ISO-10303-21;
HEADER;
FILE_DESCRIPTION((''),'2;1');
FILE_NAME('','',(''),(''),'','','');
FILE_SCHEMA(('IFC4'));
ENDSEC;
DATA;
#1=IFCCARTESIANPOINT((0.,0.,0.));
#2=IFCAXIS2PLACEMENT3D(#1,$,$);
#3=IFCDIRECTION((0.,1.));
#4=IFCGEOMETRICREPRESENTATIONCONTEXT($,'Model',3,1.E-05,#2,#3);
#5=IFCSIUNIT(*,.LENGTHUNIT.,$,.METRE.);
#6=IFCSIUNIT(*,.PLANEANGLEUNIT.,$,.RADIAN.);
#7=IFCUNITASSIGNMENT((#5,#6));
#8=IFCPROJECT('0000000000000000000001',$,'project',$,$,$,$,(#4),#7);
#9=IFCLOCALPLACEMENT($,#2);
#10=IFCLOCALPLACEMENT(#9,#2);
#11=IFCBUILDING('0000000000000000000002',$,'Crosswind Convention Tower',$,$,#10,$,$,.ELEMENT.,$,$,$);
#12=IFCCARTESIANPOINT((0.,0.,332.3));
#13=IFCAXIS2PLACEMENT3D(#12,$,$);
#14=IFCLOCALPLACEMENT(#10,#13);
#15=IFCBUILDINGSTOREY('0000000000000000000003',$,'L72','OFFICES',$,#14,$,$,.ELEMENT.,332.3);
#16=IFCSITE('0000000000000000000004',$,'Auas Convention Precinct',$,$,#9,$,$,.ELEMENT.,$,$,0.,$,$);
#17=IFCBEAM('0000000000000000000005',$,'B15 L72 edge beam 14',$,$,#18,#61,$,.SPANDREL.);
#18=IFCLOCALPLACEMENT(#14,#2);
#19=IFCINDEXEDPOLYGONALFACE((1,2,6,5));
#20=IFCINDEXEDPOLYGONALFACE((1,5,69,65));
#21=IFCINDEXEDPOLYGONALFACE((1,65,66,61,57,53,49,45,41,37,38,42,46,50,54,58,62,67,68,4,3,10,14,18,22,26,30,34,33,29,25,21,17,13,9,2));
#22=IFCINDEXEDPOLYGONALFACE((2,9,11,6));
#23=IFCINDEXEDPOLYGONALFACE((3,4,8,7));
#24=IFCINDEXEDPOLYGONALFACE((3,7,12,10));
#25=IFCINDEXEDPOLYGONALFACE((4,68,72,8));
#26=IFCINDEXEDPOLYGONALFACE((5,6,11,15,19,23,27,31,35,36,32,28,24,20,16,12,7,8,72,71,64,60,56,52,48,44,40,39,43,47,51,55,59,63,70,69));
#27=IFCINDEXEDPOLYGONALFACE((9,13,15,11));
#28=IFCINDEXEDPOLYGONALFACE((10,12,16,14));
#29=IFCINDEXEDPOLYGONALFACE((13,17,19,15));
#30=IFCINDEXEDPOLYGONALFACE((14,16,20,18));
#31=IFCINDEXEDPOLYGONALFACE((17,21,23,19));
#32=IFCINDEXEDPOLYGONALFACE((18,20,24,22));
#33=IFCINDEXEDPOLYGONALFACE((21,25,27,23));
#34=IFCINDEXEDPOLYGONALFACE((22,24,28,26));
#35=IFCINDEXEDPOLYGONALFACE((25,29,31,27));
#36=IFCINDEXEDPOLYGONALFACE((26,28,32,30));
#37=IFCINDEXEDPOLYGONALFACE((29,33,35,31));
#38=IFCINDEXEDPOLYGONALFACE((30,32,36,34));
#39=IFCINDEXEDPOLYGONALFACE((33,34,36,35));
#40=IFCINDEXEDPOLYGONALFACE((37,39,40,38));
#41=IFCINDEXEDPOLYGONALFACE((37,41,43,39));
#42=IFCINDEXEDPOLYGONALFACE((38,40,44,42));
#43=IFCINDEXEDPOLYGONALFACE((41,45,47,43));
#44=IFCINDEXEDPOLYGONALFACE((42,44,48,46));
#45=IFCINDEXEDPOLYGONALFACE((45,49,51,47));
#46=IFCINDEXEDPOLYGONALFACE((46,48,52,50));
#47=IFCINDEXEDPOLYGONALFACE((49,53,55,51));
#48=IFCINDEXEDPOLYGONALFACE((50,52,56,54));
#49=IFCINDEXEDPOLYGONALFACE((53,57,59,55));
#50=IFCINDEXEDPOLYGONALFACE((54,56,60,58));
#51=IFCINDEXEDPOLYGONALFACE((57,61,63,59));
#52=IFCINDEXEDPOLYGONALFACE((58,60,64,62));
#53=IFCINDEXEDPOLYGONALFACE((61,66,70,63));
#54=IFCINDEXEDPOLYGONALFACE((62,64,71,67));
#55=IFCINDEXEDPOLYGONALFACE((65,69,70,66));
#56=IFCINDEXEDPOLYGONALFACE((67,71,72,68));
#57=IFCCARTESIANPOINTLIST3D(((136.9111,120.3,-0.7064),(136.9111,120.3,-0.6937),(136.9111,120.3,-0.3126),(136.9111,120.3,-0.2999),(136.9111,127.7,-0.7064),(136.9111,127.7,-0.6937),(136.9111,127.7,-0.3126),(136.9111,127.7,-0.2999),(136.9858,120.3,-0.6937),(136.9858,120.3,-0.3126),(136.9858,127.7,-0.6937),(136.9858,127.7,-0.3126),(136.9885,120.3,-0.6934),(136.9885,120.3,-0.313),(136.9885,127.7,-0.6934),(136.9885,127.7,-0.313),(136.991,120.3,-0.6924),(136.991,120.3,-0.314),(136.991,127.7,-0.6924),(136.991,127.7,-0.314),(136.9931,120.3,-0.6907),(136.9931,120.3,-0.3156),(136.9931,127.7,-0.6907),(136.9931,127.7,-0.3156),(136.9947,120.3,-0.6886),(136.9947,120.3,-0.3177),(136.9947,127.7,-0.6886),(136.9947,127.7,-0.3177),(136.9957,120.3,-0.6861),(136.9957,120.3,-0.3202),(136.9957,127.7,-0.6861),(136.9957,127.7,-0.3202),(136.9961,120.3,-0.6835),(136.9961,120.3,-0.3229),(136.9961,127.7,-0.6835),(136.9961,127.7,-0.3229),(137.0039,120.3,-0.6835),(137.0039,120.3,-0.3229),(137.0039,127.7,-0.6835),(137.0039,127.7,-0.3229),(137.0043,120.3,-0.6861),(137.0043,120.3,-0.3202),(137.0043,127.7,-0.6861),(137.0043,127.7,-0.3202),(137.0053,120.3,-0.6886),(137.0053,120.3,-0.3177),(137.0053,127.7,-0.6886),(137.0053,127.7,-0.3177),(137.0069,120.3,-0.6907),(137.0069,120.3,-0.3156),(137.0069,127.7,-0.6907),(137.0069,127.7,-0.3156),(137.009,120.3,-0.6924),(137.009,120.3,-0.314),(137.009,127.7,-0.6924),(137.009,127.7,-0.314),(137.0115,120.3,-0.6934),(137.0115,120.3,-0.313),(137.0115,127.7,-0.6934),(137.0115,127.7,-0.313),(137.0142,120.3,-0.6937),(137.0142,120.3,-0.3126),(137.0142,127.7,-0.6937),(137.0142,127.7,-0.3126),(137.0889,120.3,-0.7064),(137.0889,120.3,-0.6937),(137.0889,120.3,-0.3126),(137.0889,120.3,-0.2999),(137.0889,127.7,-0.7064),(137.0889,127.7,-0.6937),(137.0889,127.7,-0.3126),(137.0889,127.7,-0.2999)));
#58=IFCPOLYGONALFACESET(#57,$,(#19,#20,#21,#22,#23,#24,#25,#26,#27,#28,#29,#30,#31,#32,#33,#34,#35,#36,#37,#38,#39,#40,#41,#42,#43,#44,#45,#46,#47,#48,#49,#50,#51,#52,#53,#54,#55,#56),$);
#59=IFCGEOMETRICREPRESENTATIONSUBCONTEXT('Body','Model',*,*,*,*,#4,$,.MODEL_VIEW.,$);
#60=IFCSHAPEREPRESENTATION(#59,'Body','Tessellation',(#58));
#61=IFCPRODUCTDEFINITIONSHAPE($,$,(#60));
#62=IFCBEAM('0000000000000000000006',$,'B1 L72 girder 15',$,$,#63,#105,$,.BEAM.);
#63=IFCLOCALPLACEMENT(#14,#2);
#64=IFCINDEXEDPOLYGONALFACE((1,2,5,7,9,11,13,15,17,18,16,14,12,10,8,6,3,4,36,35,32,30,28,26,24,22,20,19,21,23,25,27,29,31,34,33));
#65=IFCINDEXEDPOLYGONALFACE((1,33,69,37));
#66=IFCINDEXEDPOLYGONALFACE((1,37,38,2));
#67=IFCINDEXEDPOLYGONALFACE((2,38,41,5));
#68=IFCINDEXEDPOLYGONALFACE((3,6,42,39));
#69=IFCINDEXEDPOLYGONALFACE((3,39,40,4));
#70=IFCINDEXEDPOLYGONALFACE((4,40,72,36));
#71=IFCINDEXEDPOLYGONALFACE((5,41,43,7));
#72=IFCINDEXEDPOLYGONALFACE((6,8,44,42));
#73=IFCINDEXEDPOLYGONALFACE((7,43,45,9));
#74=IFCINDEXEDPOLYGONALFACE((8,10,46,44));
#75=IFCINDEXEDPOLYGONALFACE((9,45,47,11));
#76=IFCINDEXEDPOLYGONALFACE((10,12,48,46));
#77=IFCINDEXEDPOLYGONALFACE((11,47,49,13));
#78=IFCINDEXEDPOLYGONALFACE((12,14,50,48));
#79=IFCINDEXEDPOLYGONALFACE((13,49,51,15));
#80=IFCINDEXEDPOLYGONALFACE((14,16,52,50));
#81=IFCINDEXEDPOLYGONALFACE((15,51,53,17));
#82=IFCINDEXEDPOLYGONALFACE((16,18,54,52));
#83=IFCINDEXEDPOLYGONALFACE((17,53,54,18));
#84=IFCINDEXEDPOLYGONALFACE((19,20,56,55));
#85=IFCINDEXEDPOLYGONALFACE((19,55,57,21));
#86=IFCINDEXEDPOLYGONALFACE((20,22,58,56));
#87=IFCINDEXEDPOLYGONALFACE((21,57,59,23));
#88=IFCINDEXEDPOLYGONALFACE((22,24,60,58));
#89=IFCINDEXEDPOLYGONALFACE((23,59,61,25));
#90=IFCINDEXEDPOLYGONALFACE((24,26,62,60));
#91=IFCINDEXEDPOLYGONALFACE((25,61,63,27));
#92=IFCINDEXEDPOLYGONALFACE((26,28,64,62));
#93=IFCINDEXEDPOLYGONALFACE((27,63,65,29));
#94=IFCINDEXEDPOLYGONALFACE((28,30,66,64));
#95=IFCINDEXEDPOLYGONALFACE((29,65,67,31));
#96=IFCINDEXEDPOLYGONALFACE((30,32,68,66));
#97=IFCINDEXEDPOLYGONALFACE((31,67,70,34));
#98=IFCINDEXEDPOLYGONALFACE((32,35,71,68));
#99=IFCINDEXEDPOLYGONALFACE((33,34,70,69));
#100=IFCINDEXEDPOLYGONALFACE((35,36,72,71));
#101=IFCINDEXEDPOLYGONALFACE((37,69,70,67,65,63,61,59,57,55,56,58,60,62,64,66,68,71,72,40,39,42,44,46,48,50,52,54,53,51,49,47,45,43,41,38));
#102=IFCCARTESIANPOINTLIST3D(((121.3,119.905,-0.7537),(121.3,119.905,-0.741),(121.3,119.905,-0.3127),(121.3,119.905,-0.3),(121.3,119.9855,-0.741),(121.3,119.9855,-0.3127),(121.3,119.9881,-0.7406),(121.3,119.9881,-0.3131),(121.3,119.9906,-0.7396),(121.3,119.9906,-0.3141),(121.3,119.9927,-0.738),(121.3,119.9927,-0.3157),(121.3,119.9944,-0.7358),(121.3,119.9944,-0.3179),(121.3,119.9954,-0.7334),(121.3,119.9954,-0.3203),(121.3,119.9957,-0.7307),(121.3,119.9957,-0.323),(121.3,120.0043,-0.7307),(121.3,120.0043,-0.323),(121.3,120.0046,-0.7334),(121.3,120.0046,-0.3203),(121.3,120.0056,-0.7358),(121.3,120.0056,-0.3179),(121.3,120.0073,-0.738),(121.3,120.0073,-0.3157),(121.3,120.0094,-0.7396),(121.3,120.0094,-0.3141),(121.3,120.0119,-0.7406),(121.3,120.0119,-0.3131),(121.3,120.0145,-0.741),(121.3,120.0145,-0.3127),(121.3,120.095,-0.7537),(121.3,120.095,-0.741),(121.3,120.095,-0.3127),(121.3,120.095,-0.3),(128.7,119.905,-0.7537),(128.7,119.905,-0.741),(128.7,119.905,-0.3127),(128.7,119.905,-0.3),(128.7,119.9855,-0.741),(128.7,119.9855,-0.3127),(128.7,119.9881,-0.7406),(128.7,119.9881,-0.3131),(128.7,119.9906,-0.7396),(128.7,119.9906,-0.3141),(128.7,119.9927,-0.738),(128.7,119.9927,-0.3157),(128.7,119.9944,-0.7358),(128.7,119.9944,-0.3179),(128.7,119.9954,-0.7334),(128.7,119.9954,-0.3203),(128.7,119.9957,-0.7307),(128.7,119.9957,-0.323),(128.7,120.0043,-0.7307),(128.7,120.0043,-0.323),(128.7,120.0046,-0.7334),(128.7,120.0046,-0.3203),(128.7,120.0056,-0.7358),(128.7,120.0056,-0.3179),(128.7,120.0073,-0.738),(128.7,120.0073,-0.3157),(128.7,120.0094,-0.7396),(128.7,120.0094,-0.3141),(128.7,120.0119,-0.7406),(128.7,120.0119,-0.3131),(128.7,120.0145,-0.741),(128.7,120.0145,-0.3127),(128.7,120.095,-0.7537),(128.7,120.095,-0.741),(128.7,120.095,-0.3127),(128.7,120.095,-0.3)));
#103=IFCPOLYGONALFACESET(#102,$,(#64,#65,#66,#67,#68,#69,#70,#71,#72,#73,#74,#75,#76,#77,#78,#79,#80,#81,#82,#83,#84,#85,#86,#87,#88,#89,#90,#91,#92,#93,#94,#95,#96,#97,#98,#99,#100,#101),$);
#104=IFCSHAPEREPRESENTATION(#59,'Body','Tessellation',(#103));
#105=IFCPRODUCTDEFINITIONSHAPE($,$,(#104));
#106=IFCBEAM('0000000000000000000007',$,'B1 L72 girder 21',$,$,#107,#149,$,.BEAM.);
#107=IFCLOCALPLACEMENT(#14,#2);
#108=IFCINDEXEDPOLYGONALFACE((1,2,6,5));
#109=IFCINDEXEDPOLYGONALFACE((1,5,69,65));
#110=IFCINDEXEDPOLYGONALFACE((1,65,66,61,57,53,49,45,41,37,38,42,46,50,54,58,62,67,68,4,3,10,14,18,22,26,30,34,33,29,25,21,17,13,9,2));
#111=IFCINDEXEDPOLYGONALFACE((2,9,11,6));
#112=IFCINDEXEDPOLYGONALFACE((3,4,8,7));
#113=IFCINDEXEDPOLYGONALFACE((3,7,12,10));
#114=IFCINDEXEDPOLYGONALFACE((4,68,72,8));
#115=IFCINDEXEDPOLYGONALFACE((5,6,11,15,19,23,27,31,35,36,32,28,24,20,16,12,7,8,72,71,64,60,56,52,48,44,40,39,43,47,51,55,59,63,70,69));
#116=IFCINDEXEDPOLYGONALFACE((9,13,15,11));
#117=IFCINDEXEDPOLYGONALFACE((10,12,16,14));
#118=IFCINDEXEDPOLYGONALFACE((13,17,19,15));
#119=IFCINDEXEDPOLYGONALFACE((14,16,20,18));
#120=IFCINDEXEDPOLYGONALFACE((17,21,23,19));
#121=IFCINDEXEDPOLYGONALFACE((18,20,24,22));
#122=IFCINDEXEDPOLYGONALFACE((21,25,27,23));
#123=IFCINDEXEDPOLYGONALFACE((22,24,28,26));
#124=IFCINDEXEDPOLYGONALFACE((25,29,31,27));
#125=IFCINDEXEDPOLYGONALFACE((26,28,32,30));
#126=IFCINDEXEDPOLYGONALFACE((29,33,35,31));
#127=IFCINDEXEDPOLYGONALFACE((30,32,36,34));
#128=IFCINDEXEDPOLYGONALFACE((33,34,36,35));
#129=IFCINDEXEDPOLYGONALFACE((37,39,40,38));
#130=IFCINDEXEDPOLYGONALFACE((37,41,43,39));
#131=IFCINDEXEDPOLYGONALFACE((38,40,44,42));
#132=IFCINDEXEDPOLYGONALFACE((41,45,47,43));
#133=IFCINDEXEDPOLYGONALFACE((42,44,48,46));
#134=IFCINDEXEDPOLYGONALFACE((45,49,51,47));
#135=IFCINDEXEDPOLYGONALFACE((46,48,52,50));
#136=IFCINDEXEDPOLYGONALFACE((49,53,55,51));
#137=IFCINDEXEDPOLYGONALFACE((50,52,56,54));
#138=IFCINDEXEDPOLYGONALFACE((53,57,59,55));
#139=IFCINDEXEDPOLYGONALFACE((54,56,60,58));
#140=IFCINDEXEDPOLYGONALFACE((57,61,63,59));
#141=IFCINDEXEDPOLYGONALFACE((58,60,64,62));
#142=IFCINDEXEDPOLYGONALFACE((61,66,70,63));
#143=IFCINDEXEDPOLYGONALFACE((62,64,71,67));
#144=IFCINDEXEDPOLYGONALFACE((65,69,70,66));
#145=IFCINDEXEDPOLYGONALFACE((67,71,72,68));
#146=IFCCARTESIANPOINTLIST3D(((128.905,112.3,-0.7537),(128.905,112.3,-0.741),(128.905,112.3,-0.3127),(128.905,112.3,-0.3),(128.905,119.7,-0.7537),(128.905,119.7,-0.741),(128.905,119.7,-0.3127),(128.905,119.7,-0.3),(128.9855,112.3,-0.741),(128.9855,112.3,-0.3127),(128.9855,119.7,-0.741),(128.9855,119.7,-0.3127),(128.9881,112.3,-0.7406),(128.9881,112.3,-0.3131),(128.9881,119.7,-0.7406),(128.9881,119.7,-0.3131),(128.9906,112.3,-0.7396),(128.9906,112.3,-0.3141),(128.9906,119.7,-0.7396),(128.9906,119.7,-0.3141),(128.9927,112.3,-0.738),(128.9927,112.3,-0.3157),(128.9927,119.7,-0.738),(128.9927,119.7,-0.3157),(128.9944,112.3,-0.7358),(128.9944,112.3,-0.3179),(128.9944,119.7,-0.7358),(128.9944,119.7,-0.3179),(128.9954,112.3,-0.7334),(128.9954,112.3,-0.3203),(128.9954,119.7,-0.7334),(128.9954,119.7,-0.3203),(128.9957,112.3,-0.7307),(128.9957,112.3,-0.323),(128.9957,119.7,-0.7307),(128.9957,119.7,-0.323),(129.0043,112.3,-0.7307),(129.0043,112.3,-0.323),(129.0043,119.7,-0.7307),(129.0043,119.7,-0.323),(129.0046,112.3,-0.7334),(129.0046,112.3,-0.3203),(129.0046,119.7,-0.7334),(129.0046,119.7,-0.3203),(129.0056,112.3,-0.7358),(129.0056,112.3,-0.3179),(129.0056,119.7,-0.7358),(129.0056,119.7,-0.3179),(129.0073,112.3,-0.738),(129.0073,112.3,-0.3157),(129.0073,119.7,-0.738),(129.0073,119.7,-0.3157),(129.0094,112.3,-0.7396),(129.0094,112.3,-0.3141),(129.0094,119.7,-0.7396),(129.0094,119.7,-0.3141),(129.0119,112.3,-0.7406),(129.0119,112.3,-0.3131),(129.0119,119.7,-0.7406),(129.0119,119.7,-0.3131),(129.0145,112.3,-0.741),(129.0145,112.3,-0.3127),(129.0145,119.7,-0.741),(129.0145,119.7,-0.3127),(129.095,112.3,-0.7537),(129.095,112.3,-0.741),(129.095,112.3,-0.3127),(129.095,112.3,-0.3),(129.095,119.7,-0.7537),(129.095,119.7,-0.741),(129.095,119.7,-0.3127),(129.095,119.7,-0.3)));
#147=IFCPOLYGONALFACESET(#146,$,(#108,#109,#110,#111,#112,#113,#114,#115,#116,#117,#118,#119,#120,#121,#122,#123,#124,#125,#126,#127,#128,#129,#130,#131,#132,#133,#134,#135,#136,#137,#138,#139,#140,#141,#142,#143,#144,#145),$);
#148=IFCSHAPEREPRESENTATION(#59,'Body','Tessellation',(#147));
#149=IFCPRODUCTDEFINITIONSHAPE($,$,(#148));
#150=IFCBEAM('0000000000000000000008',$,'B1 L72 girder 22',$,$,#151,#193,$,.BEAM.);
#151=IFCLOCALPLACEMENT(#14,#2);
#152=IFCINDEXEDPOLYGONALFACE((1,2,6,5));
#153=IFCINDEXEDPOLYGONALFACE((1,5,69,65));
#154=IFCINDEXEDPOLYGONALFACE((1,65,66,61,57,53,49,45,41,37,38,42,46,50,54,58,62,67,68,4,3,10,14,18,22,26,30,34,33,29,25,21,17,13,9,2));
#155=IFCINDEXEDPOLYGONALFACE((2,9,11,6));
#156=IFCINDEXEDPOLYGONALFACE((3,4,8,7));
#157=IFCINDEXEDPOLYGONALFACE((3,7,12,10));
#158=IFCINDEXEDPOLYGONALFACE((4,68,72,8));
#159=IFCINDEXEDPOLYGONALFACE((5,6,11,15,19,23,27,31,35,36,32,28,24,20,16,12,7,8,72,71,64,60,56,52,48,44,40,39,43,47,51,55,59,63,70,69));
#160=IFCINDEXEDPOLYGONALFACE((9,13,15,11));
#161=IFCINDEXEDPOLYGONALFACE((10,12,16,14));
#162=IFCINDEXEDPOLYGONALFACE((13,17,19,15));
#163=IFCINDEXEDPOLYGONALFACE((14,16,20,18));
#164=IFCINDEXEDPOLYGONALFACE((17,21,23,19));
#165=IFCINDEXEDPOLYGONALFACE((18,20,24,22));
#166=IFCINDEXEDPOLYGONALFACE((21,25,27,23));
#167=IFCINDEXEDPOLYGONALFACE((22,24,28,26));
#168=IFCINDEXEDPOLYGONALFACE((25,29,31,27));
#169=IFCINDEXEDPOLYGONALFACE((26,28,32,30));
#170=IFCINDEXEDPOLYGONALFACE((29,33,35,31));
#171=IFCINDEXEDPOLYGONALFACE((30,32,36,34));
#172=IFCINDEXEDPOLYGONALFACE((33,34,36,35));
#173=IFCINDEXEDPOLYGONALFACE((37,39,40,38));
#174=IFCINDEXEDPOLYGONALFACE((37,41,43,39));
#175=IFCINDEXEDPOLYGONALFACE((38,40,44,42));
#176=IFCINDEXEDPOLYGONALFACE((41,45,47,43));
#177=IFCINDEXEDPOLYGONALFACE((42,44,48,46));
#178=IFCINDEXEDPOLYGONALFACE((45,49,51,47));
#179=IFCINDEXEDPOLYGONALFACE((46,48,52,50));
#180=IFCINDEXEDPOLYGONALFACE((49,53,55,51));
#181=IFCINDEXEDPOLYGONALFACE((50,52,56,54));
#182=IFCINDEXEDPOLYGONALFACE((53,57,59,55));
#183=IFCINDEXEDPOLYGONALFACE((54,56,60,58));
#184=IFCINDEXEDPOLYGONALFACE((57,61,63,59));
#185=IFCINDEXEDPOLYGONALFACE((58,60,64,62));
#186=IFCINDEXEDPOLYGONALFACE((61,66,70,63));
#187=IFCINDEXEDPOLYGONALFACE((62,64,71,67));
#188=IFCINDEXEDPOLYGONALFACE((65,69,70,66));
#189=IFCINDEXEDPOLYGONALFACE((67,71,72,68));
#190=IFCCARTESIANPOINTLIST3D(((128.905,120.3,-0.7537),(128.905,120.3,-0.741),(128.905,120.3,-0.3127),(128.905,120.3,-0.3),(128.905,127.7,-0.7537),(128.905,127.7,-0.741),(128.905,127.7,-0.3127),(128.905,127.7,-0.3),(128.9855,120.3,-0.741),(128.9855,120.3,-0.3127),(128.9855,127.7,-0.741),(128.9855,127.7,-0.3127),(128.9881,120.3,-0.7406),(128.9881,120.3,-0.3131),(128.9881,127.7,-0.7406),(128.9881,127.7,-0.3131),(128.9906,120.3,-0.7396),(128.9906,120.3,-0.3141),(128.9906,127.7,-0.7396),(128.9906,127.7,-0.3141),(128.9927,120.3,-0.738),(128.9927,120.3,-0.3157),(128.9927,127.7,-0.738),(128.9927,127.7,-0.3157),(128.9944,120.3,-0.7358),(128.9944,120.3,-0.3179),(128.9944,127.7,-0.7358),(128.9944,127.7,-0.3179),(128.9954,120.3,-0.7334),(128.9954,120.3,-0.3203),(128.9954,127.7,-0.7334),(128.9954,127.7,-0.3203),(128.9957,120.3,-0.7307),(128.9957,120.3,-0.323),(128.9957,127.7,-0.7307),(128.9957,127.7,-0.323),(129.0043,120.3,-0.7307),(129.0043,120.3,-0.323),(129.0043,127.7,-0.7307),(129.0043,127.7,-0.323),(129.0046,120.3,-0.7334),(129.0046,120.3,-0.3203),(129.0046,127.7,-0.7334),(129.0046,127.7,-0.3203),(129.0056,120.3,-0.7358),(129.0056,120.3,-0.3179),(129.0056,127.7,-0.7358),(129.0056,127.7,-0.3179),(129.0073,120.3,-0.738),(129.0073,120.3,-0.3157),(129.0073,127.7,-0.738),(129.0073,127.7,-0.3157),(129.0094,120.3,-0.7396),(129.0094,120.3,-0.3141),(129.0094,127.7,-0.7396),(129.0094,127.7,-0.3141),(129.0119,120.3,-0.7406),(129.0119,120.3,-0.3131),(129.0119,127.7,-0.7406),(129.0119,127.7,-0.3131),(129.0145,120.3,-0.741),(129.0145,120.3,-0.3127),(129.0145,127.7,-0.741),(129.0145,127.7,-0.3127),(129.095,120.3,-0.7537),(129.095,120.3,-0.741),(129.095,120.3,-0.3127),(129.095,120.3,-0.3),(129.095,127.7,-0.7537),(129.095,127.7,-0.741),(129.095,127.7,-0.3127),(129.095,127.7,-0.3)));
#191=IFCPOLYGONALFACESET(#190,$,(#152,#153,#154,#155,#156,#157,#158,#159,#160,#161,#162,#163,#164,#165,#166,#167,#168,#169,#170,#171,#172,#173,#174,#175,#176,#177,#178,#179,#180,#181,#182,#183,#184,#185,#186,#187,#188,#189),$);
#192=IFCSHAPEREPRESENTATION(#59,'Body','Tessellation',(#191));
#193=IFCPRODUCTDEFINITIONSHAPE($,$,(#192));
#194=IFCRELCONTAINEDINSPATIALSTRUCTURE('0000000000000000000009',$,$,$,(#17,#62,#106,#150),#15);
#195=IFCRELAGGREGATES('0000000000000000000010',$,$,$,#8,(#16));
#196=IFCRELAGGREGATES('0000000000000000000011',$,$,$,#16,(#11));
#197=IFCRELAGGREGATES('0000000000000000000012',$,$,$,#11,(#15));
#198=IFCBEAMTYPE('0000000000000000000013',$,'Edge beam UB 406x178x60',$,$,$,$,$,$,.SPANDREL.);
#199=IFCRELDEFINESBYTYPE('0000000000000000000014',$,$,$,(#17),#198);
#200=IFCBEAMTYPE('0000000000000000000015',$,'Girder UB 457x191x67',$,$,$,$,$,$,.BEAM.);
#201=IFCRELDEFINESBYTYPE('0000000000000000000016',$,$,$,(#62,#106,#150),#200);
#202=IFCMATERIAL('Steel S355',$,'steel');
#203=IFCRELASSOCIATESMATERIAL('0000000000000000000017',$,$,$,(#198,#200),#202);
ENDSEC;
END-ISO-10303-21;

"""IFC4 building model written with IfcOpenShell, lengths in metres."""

from ifc_helpers import new_model, si_unit, direction, frame, origin, origin_2d, place, context, subcontext, project, spatial, i_section, extrude, material, material_profile, profile_set, type_object, element, save


model = new_model("IFC4")

# Units and contexts
model_context = context("Model", 3, precision=1e-05, world=origin(), true_north=direction((0.0, 1.0)))
body_context = subcontext(model_context, "Body", "Model", "MODEL_VIEW")
ifc_project = project(units=[si_unit("LENGTHUNIT", "METRE"), si_unit("PLANEANGLEUNIT", "RADIAN")], contexts=[model_context])

# Site, building, storey
site_placement = place(None, origin())
site = spatial("IfcSite", under=ifc_project, at=site_placement, Name="Auas Convention Precinct", CompositionType="ELEMENT", RefElevation=0.0)
building_placement = place(site_placement, origin())
building = spatial("IfcBuilding", under=site, at=building_placement, Name="Crosswind Convention Tower", CompositionType="ELEMENT")
storey_placement = place(building_placement, frame((0.0, 0.0, 332.3)))
storey = spatial("IfcBuildingStorey", under=building, at=storey_placement, Name="L72", Description="OFFICES", CompositionType="ELEMENT", Elevation=332.3)

# Beams
ifc_material_1 = material(Name="Steel S355", Category="steel")
ifc_material_profile_1 = material_profile(ifc_material_1, i_section(OverallWidth=0.1777, OverallDepth=0.4065, WebThickness=0.0078, FlangeThickness=0.0127, FilletRadius=0.0103, at=origin_2d()), Name="UB 406x178x60")
ifc_profile_set_1 = profile_set([ifc_material_profile_1], Name="Steel S355")
beam_type_1 = type_object("IfcBeamType", Name="Edge beam UB 406x178x60", PredefinedType="SPANDREL", material=ifc_profile_set_1)
beam_1_placement = place(storey_placement, frame((137.0, 120.3, -0.5032), z_axis=(0.0, 1.0, 0.0), x_axis=(-1.0, 0.0, 0.0)))
element("IfcBeam", 1, at=beam_1_placement, inside=storey, type_object=beam_type_1, Name="B15 L72 edge beam 14", PredefinedType="SPANDREL", context=body_context, shape_type="SweptSolid", body=[
    extrude(i_section(OverallWidth=0.1777, OverallDepth=0.4065, WebThickness=0.0078, FlangeThickness=0.0127, FilletRadius=0.0103, at=origin_2d()), origin(), (0.0, 0.0, 1.0), 7.3999),
])
ifc_material_profile_2 = material_profile(ifc_material_1, i_section(OverallWidth=0.1899, OverallDepth=0.4536, WebThickness=0.0085, FlangeThickness=0.0127, FilletRadius=0.0103, at=origin_2d()), Name="UB 457x191x67")
ifc_profile_set_2 = profile_set([ifc_material_profile_2], Name="Steel S355")
beam_type_2 = type_object("IfcBeamType", Name="Girder UB 457x191x67", PredefinedType="BEAM", material=ifc_profile_set_2)
for number, where, z_axis, x_axis, name in (
    (2, (121.3, 120.0, -0.5269), (1.0, 0.0, 0.0), (0.0, 1.0, 0.0), "B1 L72 girder 15"),
    (3, (129.0, 112.3, -0.5269), (0.0, 1.0, 0.0), (-1.0, 0.0, 0.0), "B1 L72 girder 21"),
    (4, (129.0, 120.3, -0.5269), (0.0, 1.0, 0.0), (-1.0, 0.0, 0.0), "B1 L72 girder 22"),
):
    element("IfcBeam", number, at=place(storey_placement, frame(where, z_axis=z_axis, x_axis=x_axis)), inside=storey, type_object=beam_type_2, Name=name, PredefinedType="BEAM", context=body_context, shape_type="SweptSolid", body=[
        extrude(i_section(OverallWidth=0.1899, OverallDepth=0.4536, WebThickness=0.0085, FlangeThickness=0.0127, FilletRadius=0.0103, at=origin_2d()), origin(), (0.0, 0.0, 1.0), 7.3999),
    ])

save(model, "model.ifc")
